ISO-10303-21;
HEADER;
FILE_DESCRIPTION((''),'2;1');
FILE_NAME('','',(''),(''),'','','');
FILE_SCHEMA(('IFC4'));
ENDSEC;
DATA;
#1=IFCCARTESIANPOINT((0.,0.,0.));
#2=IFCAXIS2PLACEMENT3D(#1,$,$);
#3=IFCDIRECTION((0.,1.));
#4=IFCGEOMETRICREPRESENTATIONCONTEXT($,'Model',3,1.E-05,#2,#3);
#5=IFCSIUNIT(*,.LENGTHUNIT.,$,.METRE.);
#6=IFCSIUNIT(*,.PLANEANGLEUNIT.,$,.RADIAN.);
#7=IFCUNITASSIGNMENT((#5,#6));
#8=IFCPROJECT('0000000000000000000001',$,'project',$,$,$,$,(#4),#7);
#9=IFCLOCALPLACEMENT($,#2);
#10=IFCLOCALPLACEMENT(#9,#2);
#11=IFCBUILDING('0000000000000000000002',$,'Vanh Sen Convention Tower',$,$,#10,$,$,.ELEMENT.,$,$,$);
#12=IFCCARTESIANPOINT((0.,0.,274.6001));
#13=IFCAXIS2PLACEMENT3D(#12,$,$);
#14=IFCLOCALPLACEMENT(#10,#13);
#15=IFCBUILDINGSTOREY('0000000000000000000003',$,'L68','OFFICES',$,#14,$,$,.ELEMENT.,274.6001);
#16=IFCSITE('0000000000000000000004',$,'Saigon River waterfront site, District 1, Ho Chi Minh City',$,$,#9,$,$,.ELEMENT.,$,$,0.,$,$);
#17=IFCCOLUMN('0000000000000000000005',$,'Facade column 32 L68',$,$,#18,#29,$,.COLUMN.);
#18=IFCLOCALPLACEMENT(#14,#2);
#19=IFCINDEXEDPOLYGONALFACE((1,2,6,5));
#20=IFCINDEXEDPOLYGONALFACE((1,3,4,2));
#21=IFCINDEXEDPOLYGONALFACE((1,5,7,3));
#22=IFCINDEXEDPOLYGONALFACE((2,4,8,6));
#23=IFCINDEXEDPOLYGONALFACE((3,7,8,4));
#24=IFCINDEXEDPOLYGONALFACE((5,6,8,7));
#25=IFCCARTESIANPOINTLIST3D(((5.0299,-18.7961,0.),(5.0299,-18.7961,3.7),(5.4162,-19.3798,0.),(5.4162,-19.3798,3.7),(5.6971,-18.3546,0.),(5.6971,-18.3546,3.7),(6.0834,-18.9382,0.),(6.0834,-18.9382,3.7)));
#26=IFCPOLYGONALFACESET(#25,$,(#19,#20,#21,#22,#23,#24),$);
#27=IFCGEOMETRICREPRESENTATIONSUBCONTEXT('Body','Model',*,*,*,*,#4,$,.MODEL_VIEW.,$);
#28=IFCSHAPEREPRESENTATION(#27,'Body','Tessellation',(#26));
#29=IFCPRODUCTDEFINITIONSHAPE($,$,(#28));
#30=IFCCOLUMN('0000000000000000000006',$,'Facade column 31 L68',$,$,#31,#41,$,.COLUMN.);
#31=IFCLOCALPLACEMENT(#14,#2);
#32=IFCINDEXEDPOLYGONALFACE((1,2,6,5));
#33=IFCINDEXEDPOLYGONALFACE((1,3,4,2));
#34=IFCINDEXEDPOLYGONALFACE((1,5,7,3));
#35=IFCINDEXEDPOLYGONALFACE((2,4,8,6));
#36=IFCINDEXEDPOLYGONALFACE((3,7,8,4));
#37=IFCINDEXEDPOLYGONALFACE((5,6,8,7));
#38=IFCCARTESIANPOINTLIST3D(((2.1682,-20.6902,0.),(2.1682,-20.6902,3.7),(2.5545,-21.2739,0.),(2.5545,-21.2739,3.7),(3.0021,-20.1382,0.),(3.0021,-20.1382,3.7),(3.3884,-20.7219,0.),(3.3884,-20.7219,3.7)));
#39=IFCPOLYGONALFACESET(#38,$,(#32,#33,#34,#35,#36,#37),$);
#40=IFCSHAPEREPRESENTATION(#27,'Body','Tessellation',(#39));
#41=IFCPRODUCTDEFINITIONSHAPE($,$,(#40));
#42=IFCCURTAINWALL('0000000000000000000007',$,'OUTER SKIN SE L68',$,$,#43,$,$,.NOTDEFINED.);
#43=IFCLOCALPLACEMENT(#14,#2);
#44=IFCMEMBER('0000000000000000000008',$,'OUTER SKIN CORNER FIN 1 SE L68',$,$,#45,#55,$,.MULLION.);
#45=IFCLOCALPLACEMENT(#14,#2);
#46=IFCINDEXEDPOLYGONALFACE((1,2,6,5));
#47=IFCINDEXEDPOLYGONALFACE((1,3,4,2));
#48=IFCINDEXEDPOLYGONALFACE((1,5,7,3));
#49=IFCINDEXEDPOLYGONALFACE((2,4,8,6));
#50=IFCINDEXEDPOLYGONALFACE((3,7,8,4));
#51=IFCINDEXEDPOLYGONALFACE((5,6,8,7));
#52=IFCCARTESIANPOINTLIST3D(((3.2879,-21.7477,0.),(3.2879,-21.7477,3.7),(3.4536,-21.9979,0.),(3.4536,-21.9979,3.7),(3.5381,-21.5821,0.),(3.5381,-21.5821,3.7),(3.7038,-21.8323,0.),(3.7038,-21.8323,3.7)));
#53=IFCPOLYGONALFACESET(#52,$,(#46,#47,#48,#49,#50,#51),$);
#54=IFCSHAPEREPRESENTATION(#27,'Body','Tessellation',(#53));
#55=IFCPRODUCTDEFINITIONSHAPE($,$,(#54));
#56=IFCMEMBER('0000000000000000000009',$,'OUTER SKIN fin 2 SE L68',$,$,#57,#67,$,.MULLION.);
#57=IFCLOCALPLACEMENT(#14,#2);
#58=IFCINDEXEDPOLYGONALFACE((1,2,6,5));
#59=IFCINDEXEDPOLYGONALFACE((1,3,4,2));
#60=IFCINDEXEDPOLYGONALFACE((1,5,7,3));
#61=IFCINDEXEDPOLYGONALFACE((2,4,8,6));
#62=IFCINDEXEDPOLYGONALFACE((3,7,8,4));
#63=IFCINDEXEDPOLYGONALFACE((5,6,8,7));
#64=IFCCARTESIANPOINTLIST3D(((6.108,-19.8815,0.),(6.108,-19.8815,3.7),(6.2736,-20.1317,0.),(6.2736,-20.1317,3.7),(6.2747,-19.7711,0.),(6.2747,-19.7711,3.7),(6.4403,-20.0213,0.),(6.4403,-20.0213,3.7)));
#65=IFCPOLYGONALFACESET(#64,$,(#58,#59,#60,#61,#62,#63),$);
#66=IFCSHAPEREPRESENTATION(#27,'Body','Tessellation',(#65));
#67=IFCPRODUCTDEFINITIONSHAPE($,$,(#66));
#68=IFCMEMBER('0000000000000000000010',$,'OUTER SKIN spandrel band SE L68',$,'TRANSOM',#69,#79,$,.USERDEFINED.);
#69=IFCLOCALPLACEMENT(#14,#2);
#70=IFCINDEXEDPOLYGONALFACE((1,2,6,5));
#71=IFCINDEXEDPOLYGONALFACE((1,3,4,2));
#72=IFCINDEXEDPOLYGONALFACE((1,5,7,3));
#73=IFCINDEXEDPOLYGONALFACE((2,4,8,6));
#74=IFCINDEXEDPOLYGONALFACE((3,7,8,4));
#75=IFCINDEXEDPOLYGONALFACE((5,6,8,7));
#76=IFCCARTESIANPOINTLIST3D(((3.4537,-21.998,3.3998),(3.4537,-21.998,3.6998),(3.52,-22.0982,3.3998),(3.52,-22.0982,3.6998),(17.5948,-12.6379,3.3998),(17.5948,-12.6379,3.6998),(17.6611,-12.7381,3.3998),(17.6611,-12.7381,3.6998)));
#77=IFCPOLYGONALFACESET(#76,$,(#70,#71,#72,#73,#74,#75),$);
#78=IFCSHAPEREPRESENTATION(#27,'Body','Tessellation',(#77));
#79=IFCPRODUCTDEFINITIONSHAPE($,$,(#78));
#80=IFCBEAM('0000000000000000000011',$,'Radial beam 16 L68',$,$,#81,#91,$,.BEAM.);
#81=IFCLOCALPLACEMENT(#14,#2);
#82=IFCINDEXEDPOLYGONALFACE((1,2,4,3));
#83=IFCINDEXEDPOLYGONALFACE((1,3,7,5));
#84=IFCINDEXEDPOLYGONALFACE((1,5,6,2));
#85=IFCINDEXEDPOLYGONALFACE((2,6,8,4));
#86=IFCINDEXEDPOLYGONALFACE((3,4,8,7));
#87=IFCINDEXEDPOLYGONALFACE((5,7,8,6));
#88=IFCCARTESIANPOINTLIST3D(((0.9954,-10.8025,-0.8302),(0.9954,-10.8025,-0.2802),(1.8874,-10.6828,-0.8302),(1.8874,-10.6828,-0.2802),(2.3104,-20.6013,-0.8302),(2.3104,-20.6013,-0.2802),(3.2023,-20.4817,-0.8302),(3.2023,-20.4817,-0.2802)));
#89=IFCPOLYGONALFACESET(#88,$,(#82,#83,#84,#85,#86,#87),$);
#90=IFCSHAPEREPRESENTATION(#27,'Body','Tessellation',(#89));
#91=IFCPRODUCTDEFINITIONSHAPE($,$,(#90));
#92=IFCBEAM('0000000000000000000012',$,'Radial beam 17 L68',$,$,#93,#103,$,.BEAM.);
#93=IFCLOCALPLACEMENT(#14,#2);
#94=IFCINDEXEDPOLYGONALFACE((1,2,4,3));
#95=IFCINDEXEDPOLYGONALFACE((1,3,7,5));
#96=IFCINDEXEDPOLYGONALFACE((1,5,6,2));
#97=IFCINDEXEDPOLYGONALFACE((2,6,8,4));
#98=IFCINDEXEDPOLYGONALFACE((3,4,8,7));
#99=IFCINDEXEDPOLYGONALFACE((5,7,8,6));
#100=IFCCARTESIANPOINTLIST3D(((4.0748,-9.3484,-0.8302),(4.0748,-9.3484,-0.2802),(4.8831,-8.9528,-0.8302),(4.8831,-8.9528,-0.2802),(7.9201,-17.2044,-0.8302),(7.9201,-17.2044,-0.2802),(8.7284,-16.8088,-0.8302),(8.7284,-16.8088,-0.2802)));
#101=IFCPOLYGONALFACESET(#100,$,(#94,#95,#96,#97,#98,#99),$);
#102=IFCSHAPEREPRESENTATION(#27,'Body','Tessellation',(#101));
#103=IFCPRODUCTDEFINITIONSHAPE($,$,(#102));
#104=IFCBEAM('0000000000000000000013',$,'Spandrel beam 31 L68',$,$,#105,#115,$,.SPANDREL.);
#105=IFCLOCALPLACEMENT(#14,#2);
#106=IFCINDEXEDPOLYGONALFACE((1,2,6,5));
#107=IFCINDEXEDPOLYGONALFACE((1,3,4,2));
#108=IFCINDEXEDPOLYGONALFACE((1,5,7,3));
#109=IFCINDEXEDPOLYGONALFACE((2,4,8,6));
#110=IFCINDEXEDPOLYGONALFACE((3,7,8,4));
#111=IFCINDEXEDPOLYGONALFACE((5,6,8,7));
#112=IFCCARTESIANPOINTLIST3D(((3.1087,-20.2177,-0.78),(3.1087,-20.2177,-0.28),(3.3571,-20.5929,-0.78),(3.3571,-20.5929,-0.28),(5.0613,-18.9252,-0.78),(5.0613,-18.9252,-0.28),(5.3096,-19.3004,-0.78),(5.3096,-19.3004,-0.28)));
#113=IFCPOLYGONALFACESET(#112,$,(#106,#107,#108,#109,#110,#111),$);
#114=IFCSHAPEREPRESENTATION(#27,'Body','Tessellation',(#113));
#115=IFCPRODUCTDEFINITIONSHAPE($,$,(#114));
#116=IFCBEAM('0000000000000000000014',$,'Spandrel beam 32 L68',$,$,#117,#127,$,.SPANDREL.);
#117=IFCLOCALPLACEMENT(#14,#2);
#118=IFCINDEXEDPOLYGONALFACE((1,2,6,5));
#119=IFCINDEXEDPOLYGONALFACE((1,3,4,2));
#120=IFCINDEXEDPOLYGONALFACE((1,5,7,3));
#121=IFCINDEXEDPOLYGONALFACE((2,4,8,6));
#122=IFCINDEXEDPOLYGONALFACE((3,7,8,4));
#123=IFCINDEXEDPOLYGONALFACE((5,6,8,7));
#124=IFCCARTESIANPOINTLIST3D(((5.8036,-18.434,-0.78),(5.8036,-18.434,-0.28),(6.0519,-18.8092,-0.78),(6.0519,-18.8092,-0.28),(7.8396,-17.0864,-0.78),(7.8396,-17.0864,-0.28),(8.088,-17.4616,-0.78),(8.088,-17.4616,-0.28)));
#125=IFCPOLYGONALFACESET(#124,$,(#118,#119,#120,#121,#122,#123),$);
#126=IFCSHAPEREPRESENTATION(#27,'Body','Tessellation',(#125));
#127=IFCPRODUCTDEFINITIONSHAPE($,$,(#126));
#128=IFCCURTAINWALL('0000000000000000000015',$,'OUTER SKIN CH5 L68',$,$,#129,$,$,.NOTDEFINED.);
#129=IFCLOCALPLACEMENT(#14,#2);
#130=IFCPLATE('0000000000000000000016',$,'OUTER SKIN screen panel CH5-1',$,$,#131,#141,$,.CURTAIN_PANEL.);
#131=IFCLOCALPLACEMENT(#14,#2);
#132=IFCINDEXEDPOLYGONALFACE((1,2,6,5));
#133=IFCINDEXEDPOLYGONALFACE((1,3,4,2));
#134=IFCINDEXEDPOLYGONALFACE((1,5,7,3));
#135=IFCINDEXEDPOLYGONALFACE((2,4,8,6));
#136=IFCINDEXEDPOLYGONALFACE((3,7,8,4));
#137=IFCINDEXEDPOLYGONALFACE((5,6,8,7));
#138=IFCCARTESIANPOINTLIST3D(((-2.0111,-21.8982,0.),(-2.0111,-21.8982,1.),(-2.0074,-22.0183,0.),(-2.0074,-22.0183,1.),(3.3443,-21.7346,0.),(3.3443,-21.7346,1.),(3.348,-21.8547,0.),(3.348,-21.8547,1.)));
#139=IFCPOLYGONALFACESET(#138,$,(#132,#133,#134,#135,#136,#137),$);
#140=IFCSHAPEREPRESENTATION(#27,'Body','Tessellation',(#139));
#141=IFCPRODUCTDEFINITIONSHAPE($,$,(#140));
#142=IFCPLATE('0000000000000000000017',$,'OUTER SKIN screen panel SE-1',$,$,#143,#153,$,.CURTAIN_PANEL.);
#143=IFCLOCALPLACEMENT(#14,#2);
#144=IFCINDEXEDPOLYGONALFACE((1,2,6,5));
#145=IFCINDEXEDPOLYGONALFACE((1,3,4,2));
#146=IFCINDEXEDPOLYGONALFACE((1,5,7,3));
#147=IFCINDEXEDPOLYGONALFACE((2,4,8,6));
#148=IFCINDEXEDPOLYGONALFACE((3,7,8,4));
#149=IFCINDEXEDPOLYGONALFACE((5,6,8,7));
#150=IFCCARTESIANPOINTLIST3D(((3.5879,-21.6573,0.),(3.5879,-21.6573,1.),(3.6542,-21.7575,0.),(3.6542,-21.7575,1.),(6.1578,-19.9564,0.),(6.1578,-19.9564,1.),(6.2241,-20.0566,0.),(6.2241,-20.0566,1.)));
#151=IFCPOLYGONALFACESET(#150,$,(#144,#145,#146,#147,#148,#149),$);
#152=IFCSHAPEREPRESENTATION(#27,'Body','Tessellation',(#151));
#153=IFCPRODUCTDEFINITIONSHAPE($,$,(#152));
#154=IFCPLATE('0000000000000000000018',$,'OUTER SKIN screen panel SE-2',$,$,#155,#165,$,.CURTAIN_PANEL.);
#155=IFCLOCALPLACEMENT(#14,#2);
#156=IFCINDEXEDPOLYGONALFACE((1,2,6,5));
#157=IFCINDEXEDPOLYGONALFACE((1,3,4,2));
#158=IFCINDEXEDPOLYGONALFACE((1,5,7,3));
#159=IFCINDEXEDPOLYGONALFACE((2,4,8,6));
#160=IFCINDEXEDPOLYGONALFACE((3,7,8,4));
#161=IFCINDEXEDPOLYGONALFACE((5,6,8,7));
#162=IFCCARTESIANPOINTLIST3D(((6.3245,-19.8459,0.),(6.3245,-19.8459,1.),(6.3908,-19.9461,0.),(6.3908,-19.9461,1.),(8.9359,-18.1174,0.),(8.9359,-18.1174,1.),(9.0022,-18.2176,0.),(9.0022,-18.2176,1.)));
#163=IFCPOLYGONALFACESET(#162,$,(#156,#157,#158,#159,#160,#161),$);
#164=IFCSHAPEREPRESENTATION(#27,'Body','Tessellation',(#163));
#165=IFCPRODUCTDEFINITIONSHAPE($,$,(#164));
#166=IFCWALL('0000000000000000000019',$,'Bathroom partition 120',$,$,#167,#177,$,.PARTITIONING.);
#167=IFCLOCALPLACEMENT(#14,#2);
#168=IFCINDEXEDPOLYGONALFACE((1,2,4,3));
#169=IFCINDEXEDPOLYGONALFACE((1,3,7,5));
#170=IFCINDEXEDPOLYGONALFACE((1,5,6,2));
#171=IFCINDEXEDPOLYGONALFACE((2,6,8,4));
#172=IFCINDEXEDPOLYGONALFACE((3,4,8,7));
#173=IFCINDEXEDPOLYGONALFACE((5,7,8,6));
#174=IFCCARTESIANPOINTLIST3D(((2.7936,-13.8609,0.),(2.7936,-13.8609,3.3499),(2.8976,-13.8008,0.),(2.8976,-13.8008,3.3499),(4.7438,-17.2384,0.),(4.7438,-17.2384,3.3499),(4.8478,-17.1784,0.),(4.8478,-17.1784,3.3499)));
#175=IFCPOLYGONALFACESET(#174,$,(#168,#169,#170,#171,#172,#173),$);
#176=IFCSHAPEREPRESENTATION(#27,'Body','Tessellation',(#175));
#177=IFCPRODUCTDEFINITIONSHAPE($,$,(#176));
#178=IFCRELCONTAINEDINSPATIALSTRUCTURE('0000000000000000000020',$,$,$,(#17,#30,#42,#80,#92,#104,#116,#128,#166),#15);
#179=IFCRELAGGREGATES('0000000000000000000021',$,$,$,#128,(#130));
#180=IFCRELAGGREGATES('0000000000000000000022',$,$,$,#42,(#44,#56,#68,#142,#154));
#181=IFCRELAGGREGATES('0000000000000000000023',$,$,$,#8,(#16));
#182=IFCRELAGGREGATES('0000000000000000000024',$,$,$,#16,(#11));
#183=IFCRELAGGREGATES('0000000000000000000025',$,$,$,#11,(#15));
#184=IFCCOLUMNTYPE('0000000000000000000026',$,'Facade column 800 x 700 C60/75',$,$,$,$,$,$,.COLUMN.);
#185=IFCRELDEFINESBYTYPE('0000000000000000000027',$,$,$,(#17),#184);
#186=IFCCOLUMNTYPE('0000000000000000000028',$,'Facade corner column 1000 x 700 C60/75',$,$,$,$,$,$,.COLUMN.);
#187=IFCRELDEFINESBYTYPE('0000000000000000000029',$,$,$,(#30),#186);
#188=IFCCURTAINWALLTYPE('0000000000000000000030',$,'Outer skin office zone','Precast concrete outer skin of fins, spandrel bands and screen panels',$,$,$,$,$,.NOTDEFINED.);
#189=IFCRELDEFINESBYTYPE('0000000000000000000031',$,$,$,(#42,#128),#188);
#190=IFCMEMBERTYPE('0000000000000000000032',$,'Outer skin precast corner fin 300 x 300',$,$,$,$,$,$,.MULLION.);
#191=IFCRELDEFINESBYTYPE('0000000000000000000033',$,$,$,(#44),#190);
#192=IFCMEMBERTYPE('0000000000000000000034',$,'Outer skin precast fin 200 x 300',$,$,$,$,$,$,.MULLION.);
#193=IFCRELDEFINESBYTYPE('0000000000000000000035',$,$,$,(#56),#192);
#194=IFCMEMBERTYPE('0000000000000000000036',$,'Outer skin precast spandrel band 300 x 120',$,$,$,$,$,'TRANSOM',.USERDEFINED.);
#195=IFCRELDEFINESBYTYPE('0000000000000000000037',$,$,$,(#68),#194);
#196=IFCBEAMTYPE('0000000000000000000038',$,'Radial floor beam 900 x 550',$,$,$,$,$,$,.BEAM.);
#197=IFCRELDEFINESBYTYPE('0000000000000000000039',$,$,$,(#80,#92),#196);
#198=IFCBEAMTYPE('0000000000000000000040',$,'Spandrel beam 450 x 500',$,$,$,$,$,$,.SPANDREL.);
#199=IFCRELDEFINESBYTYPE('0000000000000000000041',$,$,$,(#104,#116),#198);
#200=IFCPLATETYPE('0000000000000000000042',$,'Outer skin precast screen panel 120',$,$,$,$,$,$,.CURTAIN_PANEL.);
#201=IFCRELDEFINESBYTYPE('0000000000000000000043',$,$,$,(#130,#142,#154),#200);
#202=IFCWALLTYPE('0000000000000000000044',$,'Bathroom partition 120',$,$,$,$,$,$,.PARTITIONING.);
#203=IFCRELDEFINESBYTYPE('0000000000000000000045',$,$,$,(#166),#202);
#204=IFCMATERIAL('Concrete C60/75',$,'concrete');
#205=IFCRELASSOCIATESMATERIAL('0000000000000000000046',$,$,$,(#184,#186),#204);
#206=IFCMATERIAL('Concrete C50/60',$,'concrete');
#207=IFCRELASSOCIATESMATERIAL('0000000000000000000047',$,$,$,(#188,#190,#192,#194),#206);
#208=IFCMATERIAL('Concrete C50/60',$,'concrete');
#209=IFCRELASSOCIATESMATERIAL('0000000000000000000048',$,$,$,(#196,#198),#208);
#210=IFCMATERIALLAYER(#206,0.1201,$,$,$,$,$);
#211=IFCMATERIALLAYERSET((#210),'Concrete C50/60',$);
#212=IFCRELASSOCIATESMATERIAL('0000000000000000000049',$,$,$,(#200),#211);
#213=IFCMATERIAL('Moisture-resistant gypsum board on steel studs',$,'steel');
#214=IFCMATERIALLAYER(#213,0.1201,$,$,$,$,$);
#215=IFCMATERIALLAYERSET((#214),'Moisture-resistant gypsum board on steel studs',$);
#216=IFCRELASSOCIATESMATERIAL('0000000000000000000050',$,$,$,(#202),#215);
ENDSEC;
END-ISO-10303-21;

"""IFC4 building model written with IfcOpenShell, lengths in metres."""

from ifc_helpers import new_model, si_unit, direction, frame, frame_2d, origin, origin_2d, place, context, subcontext, project, spatial, rectangle, extrude, material, layer, layer_set, material_profile, profile_set, type_object, element, aggregate, save


model = new_model("IFC4")

# Units and contexts
model_context = context("Model", 3, precision=1e-05, world=origin(), true_north=direction((0.0, 1.0)))
body_context = subcontext(model_context, "Body", "Model", "MODEL_VIEW")
ifc_project = project(units=[si_unit("LENGTHUNIT", "METRE"), si_unit("PLANEANGLEUNIT", "RADIAN")], contexts=[model_context])

# Site, building, storey
site_placement = place(None, origin())
site = spatial("IfcSite", under=ifc_project, at=site_placement, Name="Saigon River waterfront site, District 1, Ho Chi Minh City", CompositionType="ELEMENT", RefElevation=0.0)
building_placement = place(site_placement, origin())
building = spatial("IfcBuilding", under=site, at=building_placement, Name="Vanh Sen Convention Tower", CompositionType="ELEMENT")
storey_placement = place(building_placement, frame((0.0, 0.0, 274.6001)))
storey = spatial("IfcBuildingStorey", under=building, at=storey_placement, Name="L68", Description="OFFICES", CompositionType="ELEMENT", Elevation=274.6001)

# Columns
ifc_material_1 = material(Name="Concrete C60/75", Category="concrete")
ifc_material_profile_1 = material_profile(ifc_material_1, rectangle(XDim=0.8, YDim=0.7, at=origin_2d()), Name="RC 800X700")
ifc_profile_set_1 = profile_set([ifc_material_profile_1], Name="Concrete C60/75")
column_type_1 = type_object("IfcColumnType", Name="Facade column 800 x 700 C60/75", PredefinedType="COLUMN", material=ifc_profile_set_1)
column_1_placement = place(storey_placement, frame((5.5566, -18.8672, 0.0), z_axis=(0.0, 0.0, 1.0), x_axis=(0.833886, 0.551937, 0.0)))
element("IfcColumn", 1, at=column_1_placement, inside=storey, type_object=column_type_1, Name="Facade column 32 L68", PredefinedType="COLUMN", context=body_context, shape_type="SweptSolid", body=[
    extrude(rectangle(XDim=0.8, YDim=0.7, at=origin_2d()), origin(), (0.0, 0.0, 1.0), 3.7),
])
ifc_material_profile_2 = material_profile(ifc_material_1, rectangle(XDim=1.0, YDim=0.7, at=origin_2d()), Name="RC 1000X700")
ifc_profile_set_2 = profile_set([ifc_material_profile_2], Name="Concrete C60/75")
column_type_2 = type_object("IfcColumnType", Name="Facade corner column 1000 x 700 C60/75", PredefinedType="COLUMN", material=ifc_profile_set_2)
column_2_placement = place(storey_placement, frame((2.7783, -20.7061, 0.0), z_axis=(0.0, 0.0, 1.0), x_axis=(0.833886, 0.551937, 0.0)))
element("IfcColumn", 2, at=column_2_placement, inside=storey, type_object=column_type_2, Name="Facade column 31 L68", PredefinedType="COLUMN", context=body_context, shape_type="SweptSolid", body=[
    extrude(rectangle(XDim=1.0, YDim=0.7, at=origin_2d()), origin(), (0.0, 0.0, 1.0), 3.7),
])

# Curtain wall, members
ifc_material_2 = material(Name="Concrete C50/60", Category="concrete")
curtain_wall_type = type_object("IfcCurtainWallType", Name="Outer skin office zone", Description="Precast concrete outer skin of fins, spandrel bands and screen panels", PredefinedType="NOTDEFINED", material=ifc_material_2)
curtain_wall_1_placement = place(storey_placement, origin())
curtain_wall_1 = element("IfcCurtainWall", 3, at=curtain_wall_1_placement, inside=storey, type_object=curtain_wall_type, Name="OUTER SKIN SE L68", PredefinedType="NOTDEFINED")
ifc_material_profile_3 = material_profile(ifc_material_2, rectangle(XDim=0.3, YDim=0.3, at=origin_2d()), Name="Outer skin precast corner fin 300 x 300")
ifc_profile_set_3 = profile_set([ifc_material_profile_3], Name="Concrete C50/60")
member_type_1 = type_object("IfcMemberType", Name="Outer skin precast corner fin 300 x 300", PredefinedType="MULLION", material=ifc_profile_set_3)
member_1_placement = place(storey_placement, frame((3.4958, -21.79, 0.0), z_axis=(0.0, 0.0, 1.0), x_axis=(0.833886, 0.551937, 0.0)))
member_1 = element("IfcMember", 4, at=member_1_placement, type_object=member_type_1, Name="OUTER SKIN CORNER FIN 1 SE L68", PredefinedType="MULLION", context=body_context, shape_type="SweptSolid", body=[
    extrude(rectangle(XDim=0.3, YDim=0.3, at=origin_2d()), origin(), (0.0, 0.0, 1.0), 3.7),
])
ifc_material_profile_4 = material_profile(ifc_material_2, rectangle(XDim=0.2, YDim=0.3, at=origin_2d()), Name="Outer skin precast fin 200 x 300")
ifc_profile_set_4 = profile_set([ifc_material_profile_4], Name="Concrete C50/60")
member_type_2 = type_object("IfcMemberType", Name="Outer skin precast fin 200 x 300", PredefinedType="MULLION", material=ifc_profile_set_4)
member_2_placement = place(storey_placement, frame((6.2742, -19.9514, 0.0), z_axis=(0.0, 0.0, 1.0), x_axis=(0.833886, 0.551937, 0.0)))
member_2 = element("IfcMember", 5, at=member_2_placement, type_object=member_type_2, Name="OUTER SKIN fin 2 SE L68", PredefinedType="MULLION", context=body_context, shape_type="SweptSolid", body=[
    extrude(rectangle(XDim=0.2, YDim=0.3, at=origin_2d()), origin(), (0.0, 0.0, 1.0), 3.7),
])
ifc_material_profile_5 = material_profile(ifc_material_2, rectangle(XDim=0.1201, YDim=0.3, at=origin_2d()), Name="Outer skin precast spandrel band 300 x 120")
ifc_profile_set_5 = profile_set([ifc_material_profile_5], Name="Concrete C50/60")
member_type_3 = type_object("IfcMemberType", Name="Outer skin precast spandrel band 300 x 120", ElementType="TRANSOM", PredefinedType="USERDEFINED", material=ifc_profile_set_5)
member_3_placement = place(storey_placement, frame((3.4868, -22.0481, 3.5498), z_axis=(0.833877, 0.55195, 0.0), x_axis=(-0.55195, 0.833877, 0.0)))
member_3 = element("IfcMember", 6, at=member_3_placement, type_object=member_type_3, Name="OUTER SKIN spandrel band SE L68", ObjectType="TRANSOM", PredefinedType="USERDEFINED", context=body_context, shape_type="SweptSolid", body=[
    extrude(rectangle(XDim=0.1201, YDim=0.3, at=origin_2d()), origin(), (0.0, 0.0, 1.0), 16.9583),
])

# Beams
ifc_material_3 = material(Name="Concrete C50/60", Category="concrete")
ifc_material_profile_6 = material_profile(ifc_material_3, rectangle(XDim=0.8999, YDim=0.55, at=origin_2d()), Name="RC 900X550")
ifc_profile_set_6 = profile_set([ifc_material_profile_6], Name="Concrete C50/60")
beam_type_1 = type_object("IfcBeamType", Name="Radial floor beam 900 x 550", PredefinedType="BEAM", material=ifc_profile_set_6)
beam_1_placement = place(storey_placement, frame((2.7563, -20.5415, -0.5552), z_axis=(-0.133002, 0.991116, 0.0), x_axis=(-0.991116, -0.133002, 0.0)))
element("IfcBeam", 7, at=beam_1_placement, inside=storey, type_object=beam_type_1, Name="Radial beam 16 L68", PredefinedType="BEAM", context=body_context, shape_type="SweptSolid", body=[
    extrude(rectangle(XDim=0.8999, YDim=0.55, at=origin_2d()), origin(), (0.0, 0.0, 1.0), 9.8867),
])
beam_2_placement = place(storey_placement, frame((8.3242, -17.0066, -0.5552), z_axis=(-0.439628, 0.89818, 0.0), x_axis=(-0.89818, -0.439628, 0.0)))
element("IfcBeam", 8, at=beam_2_placement, inside=storey, type_object=beam_type_1, Name="Radial beam 17 L68", PredefinedType="BEAM", context=body_context, shape_type="SweptSolid", body=[
    extrude(rectangle(XDim=0.8999, YDim=0.55, at=origin_2d()), origin(), (0.0, 0.0, 1.0), 8.7466),
])
ifc_material_profile_7 = material_profile(ifc_material_3, rectangle(XDim=0.45, YDim=0.5, at=origin_2d()), Name="RC 450X500")
ifc_profile_set_7 = profile_set([ifc_material_profile_7], Name="Concrete C50/60")
beam_type_2 = type_object("IfcBeamType", Name="Spandrel beam 450 x 500", PredefinedType="SPANDREL", material=ifc_profile_set_7)
beam_3_placement = place(storey_placement, frame((3.2329, -20.4053, -0.53), z_axis=(0.833874, 0.551954, 0.0), x_axis=(-0.551954, 0.833874, 0.0)))
element("IfcBeam", 9, at=beam_3_placement, inside=storey, type_object=beam_type_2, Name="Spandrel beam 31 L68", PredefinedType="SPANDREL", context=body_context, shape_type="SweptSolid", body=[
    extrude(rectangle(XDim=0.45, YDim=0.5, at=origin_2d()), origin(), (0.0, 0.0, 1.0), 2.3416),
])
beam_4_placement = place(storey_placement, frame((5.9277, -18.6216, -0.53), z_axis=(0.833892, 0.551928, 0.0), x_axis=(-0.551928, 0.833892, 0.0)))
element("IfcBeam", 10, at=beam_4_placement, inside=storey, type_object=beam_type_2, Name="Spandrel beam 32 L68", PredefinedType="SPANDREL", context=body_context, shape_type="SweptSolid", body=[
    extrude(rectangle(XDim=0.45, YDim=0.5, at=origin_2d()), origin(), (0.0, 0.0, 1.0), 2.4417),
])

# Curtain wall, plate
curtain_wall_2_placement = place(storey_placement, origin())
curtain_wall_2 = element("IfcCurtainWall", 11, at=curtain_wall_2_placement, inside=storey, type_object=curtain_wall_type, Name="OUTER SKIN CH5 L68", PredefinedType="NOTDEFINED")
ifc_layer_1 = layer(ifc_material_2, 0.1201)
ifc_layer_set_1 = layer_set([ifc_layer_1], Name="Concrete C50/60")
plate_type = type_object("IfcPlateType", Name="Outer skin precast screen panel 120", PredefinedType="CURTAIN_PANEL", material=ifc_layer_set_1)
plate_1_placement = place(storey_placement, frame((0.6685, -21.8765, 0.0), z_axis=(0.0, 0.0, 1.0), x_axis=(0.999534, 0.030539, 0.0)))
plate_1 = element("IfcPlate", 12, at=plate_1_placement, type_object=plate_type, Name="OUTER SKIN screen panel CH5-1", PredefinedType="CURTAIN_PANEL", context=body_context, shape_type="SweptSolid", body=[
    extrude(rectangle(XDim=5.3579, YDim=0.1201, at=origin_2d()), origin(), (0.0, 0.0, 1.0), 1.0),
])
aggregate(curtain_wall_2, [plate_1])

# Plates
plate_2_placement = place(storey_placement, frame((4.906, -20.8569, 0.0), z_axis=(0.0, 0.0, 1.0), x_axis=(0.833902, 0.551912, 0.0)))
plate_2 = element("IfcPlate", 13, at=plate_2_placement, type_object=plate_type, Name="OUTER SKIN screen panel SE-1", PredefinedType="CURTAIN_PANEL", context=body_context, shape_type="SweptSolid", body=[
    extrude(rectangle(XDim=3.0818, YDim=0.1201, at=origin_2d()), origin(), (0.0, 0.0, 1.0), 1.0),
])
plate_3_placement = place(storey_placement, frame((7.6633, -19.0317, 0.0), z_axis=(0.0, 0.0, 1.0), x_axis=(0.833879, 0.551947, 0.0)))
plate_3 = element("IfcPlate", 14, at=plate_3_placement, type_object=plate_type, Name="OUTER SKIN screen panel SE-2", PredefinedType="CURTAIN_PANEL", context=body_context, shape_type="SweptSolid", body=[
    extrude(rectangle(XDim=3.1316, YDim=0.1201, at=origin_2d()), origin(), (0.0, 0.0, 1.0), 1.0),
])
aggregate(curtain_wall_1, [member_1, member_2, member_3, plate_2, plate_3])

# Wall
ifc_material_4 = material(Name="Moisture-resistant gypsum board on steel studs", Category="steel")
ifc_layer_2 = layer(ifc_material_4, 0.1201)
ifc_layer_set_2 = layer_set([ifc_layer_2], Name="Moisture-resistant gypsum board on steel studs")
wall_type_1 = type_object("IfcWallType", Name="Bathroom partition 120", PredefinedType="PARTITIONING", material=ifc_layer_set_2)
wall_1_placement = place(storey_placement, frame((4.7959, -17.2085, 0.0), z_axis=(0.0, 0.0, 1.0), x_axis=(-0.500044, 0.866, 0.0)))
element("IfcWall", 15, at=wall_1_placement, inside=storey, type_object=wall_type_1, Name="Bathroom partition 120", PredefinedType="PARTITIONING", context=body_context, shape_type="SweptSolid", body=[
    extrude(rectangle(XDim=3.9001, YDim=0.1201, at=frame_2d((1.9502, 0.0))), origin(), (0.0, 0.0, 1.0), 3.3499),
])

save(model, "model.ifc")
